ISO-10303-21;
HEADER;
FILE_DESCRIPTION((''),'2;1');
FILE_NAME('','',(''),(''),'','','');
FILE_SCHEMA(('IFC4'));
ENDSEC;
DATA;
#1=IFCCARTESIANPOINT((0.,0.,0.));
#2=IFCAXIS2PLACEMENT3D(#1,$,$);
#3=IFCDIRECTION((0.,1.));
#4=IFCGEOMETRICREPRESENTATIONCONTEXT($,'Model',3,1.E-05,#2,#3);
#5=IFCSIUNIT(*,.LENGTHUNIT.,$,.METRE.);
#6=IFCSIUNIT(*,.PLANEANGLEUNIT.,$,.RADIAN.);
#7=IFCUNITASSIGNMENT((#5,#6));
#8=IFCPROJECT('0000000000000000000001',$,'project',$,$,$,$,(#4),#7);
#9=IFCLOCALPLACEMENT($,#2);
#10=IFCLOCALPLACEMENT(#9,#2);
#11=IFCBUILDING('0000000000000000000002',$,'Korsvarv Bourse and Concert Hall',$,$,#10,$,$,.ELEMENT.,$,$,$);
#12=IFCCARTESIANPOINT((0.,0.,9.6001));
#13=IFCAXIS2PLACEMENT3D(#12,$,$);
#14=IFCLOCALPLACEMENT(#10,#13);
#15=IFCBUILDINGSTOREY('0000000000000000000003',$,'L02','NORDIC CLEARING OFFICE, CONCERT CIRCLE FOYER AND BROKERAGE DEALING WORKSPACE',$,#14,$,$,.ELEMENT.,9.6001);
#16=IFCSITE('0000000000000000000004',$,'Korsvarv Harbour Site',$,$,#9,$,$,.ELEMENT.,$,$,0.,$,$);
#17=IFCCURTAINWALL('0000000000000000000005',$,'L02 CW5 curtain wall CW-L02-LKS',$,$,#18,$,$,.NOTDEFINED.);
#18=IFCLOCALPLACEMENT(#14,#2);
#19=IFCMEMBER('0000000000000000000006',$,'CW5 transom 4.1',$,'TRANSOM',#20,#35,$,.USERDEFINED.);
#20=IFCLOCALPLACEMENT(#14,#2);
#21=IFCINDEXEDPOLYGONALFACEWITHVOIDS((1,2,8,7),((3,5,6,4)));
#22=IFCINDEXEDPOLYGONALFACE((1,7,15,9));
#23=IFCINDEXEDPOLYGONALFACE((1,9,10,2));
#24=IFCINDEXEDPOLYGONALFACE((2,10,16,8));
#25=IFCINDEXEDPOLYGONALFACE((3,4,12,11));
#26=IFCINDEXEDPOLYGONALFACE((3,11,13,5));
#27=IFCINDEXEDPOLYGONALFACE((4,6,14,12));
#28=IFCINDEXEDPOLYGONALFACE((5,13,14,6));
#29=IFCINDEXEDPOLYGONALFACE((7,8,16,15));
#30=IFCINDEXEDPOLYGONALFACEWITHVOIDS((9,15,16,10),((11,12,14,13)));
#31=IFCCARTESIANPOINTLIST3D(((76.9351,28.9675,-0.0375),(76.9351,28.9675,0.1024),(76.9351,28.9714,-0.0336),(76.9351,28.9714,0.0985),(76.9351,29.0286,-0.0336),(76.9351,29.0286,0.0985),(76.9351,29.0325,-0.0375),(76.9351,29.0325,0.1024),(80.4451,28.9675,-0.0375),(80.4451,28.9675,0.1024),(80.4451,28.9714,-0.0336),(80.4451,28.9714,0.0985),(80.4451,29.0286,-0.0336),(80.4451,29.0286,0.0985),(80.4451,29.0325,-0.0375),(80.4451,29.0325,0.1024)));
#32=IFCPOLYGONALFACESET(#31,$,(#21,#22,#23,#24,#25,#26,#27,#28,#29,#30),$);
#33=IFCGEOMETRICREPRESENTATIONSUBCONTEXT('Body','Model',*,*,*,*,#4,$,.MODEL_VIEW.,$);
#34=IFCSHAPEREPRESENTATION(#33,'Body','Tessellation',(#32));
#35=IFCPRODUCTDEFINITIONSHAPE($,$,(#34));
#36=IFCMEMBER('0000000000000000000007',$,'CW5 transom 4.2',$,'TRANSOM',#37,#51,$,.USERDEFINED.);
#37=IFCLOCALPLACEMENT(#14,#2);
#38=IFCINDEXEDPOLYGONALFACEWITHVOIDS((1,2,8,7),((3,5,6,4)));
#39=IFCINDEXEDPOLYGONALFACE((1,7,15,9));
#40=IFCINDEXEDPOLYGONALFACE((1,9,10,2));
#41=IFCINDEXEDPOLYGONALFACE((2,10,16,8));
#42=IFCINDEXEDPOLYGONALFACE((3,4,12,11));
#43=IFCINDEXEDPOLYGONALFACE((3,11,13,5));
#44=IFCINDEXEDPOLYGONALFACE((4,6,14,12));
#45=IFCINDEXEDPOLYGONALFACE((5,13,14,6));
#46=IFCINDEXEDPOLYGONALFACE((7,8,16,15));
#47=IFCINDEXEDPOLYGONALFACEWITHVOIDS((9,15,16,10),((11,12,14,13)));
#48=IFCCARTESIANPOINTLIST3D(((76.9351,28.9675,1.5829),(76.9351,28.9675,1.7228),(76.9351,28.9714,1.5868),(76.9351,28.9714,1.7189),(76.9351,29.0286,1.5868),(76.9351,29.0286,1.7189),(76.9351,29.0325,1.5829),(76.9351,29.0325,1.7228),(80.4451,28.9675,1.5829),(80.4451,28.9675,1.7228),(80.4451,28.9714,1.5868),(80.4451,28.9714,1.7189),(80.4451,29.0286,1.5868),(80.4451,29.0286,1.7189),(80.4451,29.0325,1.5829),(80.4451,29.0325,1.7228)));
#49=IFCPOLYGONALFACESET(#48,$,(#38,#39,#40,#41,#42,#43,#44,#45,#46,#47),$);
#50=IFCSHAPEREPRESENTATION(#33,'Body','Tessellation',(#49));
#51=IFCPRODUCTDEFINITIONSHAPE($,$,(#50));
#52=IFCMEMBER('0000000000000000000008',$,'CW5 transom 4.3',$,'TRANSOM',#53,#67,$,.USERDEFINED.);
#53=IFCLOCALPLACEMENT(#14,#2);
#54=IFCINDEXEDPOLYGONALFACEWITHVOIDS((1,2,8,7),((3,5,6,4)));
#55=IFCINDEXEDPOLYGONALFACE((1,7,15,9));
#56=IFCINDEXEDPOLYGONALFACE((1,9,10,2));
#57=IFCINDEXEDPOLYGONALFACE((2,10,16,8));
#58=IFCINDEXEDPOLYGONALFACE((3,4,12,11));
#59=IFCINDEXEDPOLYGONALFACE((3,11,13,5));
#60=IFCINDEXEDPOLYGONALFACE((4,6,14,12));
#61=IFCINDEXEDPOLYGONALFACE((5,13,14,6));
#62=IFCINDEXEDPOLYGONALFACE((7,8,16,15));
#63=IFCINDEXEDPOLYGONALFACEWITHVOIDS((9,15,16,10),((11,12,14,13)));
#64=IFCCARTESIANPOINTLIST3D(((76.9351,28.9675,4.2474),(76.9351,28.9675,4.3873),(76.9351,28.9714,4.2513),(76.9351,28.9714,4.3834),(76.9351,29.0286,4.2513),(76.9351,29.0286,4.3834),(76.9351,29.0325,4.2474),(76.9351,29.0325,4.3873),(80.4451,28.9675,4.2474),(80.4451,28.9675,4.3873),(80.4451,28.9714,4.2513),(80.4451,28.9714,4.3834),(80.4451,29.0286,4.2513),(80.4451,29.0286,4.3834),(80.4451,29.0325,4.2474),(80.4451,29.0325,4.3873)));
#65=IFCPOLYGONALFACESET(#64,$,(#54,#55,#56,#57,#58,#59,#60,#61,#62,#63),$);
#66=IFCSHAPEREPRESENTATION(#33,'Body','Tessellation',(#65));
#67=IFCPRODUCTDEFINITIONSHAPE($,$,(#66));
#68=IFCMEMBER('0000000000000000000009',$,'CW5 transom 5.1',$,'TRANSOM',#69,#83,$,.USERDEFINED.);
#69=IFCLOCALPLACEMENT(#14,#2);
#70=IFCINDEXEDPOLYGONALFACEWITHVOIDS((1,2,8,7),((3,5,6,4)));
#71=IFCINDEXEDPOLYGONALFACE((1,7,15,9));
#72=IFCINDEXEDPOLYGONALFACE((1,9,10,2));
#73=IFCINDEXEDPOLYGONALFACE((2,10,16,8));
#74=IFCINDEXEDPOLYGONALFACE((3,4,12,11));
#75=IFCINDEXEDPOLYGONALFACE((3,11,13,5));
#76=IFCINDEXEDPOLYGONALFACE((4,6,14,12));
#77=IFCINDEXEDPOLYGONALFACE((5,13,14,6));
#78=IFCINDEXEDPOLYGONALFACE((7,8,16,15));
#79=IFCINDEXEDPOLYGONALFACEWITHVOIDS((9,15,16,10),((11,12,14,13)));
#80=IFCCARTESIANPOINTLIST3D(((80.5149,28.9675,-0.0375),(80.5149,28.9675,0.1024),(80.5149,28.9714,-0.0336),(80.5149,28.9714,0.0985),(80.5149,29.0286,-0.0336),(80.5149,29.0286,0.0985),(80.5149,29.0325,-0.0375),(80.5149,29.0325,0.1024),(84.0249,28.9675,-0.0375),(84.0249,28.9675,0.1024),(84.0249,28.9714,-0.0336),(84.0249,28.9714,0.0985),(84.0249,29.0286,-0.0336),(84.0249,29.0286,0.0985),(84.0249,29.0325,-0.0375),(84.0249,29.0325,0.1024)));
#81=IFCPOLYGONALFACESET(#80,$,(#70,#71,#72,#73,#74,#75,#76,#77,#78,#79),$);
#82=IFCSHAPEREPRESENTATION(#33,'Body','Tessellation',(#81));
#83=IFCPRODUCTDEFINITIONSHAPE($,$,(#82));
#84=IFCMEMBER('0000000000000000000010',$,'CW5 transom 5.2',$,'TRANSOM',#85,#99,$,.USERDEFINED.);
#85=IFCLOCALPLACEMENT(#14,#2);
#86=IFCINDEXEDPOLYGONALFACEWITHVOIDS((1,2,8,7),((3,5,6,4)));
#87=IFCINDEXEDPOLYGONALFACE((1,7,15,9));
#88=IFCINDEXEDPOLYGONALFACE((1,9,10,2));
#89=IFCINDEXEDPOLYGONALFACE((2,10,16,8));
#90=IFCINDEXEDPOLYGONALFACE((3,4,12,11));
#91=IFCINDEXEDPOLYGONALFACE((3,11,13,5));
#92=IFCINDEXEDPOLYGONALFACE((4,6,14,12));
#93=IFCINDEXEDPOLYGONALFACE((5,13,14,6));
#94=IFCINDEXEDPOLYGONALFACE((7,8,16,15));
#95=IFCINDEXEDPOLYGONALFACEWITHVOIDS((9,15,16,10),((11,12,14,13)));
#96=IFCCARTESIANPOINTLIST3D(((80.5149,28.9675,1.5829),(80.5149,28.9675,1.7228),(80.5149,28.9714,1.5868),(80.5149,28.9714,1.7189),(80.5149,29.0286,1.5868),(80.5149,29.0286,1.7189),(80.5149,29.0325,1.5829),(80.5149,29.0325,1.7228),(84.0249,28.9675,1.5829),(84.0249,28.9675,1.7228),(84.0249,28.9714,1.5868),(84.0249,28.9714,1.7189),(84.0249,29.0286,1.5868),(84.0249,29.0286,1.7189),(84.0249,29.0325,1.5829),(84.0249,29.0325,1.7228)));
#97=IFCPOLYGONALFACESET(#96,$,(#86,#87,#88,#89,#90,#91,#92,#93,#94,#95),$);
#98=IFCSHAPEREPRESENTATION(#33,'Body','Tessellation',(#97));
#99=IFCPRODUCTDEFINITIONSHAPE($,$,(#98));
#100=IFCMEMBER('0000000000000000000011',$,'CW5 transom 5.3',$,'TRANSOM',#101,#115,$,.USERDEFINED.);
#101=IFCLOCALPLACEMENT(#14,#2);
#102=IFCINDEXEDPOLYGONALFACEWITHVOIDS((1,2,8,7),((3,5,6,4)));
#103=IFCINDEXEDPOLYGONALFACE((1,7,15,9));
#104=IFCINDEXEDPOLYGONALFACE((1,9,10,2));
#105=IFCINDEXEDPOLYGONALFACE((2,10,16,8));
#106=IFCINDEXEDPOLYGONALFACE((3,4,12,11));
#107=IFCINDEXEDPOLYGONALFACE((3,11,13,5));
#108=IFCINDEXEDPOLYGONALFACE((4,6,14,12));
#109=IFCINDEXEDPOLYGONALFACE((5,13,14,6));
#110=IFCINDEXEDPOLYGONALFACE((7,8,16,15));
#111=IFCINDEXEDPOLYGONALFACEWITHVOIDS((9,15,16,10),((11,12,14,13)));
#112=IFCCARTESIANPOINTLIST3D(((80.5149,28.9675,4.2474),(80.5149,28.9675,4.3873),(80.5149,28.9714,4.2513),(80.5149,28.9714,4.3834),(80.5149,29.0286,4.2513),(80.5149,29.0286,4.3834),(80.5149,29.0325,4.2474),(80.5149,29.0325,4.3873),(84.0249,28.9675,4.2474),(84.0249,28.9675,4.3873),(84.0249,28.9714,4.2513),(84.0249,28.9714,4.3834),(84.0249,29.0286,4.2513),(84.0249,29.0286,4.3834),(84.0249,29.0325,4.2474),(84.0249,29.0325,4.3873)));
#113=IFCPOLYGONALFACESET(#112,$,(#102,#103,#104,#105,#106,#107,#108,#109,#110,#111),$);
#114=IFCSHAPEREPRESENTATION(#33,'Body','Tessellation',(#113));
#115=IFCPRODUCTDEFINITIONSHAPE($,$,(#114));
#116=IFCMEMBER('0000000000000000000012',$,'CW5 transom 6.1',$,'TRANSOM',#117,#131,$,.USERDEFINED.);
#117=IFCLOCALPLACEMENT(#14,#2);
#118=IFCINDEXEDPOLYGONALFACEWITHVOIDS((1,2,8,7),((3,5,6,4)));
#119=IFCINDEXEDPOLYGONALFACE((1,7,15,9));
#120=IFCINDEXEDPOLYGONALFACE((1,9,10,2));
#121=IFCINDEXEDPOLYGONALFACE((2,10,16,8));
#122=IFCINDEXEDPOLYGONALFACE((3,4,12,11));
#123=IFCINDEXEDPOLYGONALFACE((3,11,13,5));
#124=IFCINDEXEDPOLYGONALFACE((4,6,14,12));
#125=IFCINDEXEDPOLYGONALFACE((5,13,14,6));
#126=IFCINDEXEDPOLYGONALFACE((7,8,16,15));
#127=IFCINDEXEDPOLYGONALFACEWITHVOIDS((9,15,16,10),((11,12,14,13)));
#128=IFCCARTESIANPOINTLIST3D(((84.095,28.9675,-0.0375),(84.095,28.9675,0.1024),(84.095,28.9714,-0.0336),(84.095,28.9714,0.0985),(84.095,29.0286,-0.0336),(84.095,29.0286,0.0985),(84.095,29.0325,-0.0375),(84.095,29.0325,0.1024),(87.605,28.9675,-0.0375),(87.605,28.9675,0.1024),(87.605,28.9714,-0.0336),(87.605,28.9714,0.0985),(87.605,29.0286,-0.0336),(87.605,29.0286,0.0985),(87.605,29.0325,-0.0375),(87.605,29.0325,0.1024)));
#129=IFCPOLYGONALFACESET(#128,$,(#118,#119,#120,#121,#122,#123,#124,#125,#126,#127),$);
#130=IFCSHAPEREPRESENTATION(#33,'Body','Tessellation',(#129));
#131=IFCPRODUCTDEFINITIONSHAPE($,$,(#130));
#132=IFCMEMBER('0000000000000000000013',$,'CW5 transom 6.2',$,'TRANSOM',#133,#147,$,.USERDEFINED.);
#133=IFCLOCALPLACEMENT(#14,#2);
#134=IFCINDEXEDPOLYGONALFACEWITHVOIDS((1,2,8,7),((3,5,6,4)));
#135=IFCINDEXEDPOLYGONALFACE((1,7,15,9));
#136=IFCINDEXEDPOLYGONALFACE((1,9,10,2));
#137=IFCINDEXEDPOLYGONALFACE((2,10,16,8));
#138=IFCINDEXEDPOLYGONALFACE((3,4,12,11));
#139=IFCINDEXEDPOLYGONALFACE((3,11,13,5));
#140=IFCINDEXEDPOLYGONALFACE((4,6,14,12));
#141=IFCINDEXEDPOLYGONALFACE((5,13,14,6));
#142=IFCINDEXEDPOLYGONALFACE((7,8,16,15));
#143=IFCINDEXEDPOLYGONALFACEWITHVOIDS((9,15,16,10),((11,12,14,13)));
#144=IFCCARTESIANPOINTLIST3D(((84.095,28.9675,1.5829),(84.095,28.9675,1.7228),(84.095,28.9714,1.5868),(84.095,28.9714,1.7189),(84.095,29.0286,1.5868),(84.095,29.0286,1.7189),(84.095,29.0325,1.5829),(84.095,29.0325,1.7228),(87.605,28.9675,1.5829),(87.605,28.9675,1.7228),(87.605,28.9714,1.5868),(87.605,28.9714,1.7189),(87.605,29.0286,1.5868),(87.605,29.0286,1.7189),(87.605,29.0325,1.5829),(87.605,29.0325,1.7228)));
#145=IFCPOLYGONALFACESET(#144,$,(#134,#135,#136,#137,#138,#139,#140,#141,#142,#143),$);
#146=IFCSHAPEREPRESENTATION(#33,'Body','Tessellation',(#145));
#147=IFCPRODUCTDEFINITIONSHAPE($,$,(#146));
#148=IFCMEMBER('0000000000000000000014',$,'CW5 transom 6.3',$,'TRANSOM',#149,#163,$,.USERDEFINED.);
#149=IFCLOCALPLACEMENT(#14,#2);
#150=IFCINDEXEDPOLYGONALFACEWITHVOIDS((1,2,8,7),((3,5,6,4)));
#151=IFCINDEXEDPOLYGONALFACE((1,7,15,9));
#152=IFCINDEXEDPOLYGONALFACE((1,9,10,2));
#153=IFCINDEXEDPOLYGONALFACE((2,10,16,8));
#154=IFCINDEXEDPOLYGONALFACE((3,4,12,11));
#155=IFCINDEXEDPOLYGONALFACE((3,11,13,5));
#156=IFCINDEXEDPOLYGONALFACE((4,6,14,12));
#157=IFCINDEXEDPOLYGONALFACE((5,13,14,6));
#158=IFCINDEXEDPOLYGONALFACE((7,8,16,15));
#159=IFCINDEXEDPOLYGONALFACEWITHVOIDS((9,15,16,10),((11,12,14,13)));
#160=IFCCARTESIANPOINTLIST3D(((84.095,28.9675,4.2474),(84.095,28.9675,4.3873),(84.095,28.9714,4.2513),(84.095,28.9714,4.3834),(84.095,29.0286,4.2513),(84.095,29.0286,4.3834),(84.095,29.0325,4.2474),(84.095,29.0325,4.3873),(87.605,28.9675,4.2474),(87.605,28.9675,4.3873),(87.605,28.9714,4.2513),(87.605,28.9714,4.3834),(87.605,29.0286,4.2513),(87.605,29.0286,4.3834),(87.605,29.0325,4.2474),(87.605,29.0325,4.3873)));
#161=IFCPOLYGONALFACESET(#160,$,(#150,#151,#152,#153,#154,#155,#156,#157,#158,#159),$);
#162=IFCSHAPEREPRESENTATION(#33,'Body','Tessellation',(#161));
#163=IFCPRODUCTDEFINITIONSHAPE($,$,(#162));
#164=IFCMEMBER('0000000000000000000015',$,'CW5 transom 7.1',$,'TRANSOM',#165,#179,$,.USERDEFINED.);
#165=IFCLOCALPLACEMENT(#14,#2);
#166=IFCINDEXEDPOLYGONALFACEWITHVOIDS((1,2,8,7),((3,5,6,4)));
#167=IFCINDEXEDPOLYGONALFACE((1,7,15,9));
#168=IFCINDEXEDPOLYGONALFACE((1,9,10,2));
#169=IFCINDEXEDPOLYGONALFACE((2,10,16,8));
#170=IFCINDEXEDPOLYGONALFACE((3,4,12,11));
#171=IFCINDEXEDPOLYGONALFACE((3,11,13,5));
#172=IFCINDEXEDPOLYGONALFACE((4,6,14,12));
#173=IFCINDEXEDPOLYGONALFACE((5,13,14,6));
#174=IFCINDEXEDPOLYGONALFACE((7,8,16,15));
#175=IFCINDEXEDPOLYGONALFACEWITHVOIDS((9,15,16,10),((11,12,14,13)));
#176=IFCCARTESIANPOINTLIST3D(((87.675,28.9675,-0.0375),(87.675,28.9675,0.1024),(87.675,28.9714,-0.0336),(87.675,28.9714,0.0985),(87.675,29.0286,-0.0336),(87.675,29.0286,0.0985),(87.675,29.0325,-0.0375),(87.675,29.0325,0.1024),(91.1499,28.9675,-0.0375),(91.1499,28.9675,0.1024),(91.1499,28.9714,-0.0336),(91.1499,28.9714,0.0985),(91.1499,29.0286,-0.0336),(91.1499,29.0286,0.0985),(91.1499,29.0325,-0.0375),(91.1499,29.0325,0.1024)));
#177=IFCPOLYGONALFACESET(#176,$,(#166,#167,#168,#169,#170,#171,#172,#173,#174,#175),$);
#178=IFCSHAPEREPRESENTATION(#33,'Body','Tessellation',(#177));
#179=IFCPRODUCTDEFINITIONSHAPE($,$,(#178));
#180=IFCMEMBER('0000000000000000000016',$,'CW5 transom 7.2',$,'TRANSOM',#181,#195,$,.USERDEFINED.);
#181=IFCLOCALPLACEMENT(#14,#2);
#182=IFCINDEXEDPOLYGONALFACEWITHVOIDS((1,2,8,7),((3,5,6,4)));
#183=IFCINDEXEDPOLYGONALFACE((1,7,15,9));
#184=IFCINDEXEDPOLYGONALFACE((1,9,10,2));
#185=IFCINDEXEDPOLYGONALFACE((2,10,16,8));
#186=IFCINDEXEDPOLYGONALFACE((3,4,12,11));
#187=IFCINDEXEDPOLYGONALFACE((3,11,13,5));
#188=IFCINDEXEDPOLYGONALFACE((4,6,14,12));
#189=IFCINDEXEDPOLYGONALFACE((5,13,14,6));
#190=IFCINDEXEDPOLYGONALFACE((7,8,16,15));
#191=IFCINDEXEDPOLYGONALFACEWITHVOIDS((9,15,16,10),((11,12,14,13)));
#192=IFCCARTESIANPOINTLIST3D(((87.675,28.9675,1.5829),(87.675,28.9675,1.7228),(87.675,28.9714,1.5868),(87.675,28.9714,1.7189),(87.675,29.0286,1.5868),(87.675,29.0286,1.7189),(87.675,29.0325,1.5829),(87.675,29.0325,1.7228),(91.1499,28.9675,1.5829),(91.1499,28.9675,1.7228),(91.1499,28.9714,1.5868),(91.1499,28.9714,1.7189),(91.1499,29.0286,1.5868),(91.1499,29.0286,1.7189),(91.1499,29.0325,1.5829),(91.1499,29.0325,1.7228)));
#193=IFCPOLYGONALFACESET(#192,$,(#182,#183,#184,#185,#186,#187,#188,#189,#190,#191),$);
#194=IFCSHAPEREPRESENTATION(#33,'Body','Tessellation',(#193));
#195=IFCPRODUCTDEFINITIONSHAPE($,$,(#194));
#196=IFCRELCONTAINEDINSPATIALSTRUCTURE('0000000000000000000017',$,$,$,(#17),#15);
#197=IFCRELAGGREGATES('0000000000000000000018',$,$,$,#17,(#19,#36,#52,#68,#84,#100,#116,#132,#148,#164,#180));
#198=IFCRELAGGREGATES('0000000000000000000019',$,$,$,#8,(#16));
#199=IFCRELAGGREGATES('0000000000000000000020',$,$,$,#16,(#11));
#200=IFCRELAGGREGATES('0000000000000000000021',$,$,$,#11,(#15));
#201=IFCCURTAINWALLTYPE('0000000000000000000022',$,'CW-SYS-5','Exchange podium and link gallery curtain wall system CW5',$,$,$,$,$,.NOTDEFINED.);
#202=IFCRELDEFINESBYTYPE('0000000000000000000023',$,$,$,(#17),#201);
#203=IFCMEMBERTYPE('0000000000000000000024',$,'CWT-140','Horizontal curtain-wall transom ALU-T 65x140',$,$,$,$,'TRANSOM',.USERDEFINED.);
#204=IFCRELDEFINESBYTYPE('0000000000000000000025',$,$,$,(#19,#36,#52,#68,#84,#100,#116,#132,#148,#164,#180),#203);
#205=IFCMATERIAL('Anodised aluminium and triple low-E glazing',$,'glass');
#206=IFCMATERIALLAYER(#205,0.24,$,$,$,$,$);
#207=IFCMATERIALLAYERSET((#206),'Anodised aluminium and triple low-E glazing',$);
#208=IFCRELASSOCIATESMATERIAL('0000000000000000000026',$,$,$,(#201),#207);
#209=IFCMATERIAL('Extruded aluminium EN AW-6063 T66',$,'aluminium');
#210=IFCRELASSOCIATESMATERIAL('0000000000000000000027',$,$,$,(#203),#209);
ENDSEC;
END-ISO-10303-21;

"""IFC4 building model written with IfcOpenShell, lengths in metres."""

from ifc_helpers import new_model, si_unit, direction, frame, origin, origin_2d, place, context, subcontext, project, spatial, hollow_rectangle, extrude, source, transform, mapped, material, layer, layer_set, material_profile, profile_set, type_object, element, aggregate, save


model = new_model("IFC4")

# Units and contexts
model_context = context("Model", 3, precision=1e-05, world=origin(), true_north=direction((0.0, 1.0)))
body_context = subcontext(model_context, "Body", "Model", "MODEL_VIEW")
ifc_project = project(units=[si_unit("LENGTHUNIT", "METRE"), si_unit("PLANEANGLEUNIT", "RADIAN")], contexts=[model_context])

# Site, building, storey
site_placement = place(None, origin())
site = spatial("IfcSite", under=ifc_project, at=site_placement, Name="Korsvarv Harbour Site", CompositionType="ELEMENT", RefElevation=0.0)
building_placement = place(site_placement, origin())
building = spatial("IfcBuilding", under=site, at=building_placement, Name="Korsvarv Bourse and Concert Hall", CompositionType="ELEMENT")
storey_placement = place(building_placement, frame((0.0, 0.0, 9.6001)))
storey = spatial("IfcBuildingStorey", under=building, at=storey_placement, Name="L02", Description="NORDIC CLEARING OFFICE, CONCERT CIRCLE FOYER AND BROKERAGE DEALING WORKSPACE", CompositionType="ELEMENT", Elevation=9.6001)

# Curtain wall, members
ifc_material_1 = material(Name="Anodised aluminium and triple low-E glazing", Category="glass")
ifc_layer_1 = layer(ifc_material_1, 0.24)
ifc_layer_set_1 = layer_set([ifc_layer_1], Name="Anodised aluminium and triple low-E glazing")
curtain_wall_type = type_object("IfcCurtainWallType", Name="CW-SYS-5", Description="Exchange podium and link gallery curtain wall system CW5", PredefinedType="NOTDEFINED", material=ifc_layer_set_1)
curtain_wall_placement = place(storey_placement, origin())
curtain_wall = element("IfcCurtainWall", 1, at=curtain_wall_placement, inside=storey, type_object=curtain_wall_type, Name="L02 CW5 curtain wall CW-L02-LKS", PredefinedType="NOTDEFINED")
ifc_material_2 = material(Name="Extruded aluminium EN AW-6063 T66", Category="aluminium")
ifc_material_profile_1 = material_profile(ifc_material_2, hollow_rectangle(XDim=0.0649, YDim=0.1399, WallThickness=0.0039, at=origin_2d()), Name="ALU-T 65x140")
ifc_profile_set_1 = profile_set([ifc_material_profile_1], Name="Extruded aluminium EN AW-6063 T66")
member_type_1 = type_object("IfcMemberType", Name="CWT-140", Description="Horizontal curtain-wall transom ALU-T 65x140", ElementType="TRANSOM", PredefinedType="USERDEFINED", material=ifc_profile_set_1)
shared_shape_1 = source(origin(), body_context, "Body", "SweptSolid", [
    extrude(hollow_rectangle(XDim=0.0649, YDim=0.1399, WallThickness=0.0039, at=origin_2d()), origin(), (0.0, 0.0, 1.0), 3.51),
])
member_1_placement = place(storey_placement, frame((76.9351, 29.0, 0.0325), z_axis=(1.0, 0.0, 0.0), x_axis=(0.0, 1.0, 0.0)))
member_1 = element("IfcMember", 2, at=member_1_placement, type_object=member_type_1, Name="CW5 transom 4.1", ObjectType="TRANSOM", PredefinedType="USERDEFINED", context=body_context, shape_type="MappedRepresentation", body=[
    mapped(shared_shape_1, transform((0.0, 0.0, 0.0), scale=1.0)),
])
member_2_placement = place(storey_placement, frame((76.9351, 29.0, 1.6528), z_axis=(1.0, 0.0, 0.0), x_axis=(0.0, 1.0, 0.0)))
member_2 = element("IfcMember", 3, at=member_2_placement, type_object=member_type_1, Name="CW5 transom 4.2", ObjectType="TRANSOM", PredefinedType="USERDEFINED", context=body_context, shape_type="MappedRepresentation", body=[
    mapped(shared_shape_1, transform((0.0, 0.0, 0.0), scale=1.0)),
])
member_3_placement = place(storey_placement, frame((76.9351, 29.0, 4.3174), z_axis=(1.0, 0.0, 0.0), x_axis=(0.0, 1.0, 0.0)))
member_3 = element("IfcMember", 4, at=member_3_placement, type_object=member_type_1, Name="CW5 transom 4.3", ObjectType="TRANSOM", PredefinedType="USERDEFINED", context=body_context, shape_type="MappedRepresentation", body=[
    mapped(shared_shape_1, transform((0.0, 0.0, 0.0), scale=1.0)),
])
member_4_placement = place(storey_placement, frame((80.5149, 29.0, 0.0325), z_axis=(1.0, 0.0, 0.0), x_axis=(0.0, 1.0, 0.0)))
member_4 = element("IfcMember", 5, at=member_4_placement, type_object=member_type_1, Name="CW5 transom 5.1", ObjectType="TRANSOM", PredefinedType="USERDEFINED", context=body_context, shape_type="MappedRepresentation", body=[
    mapped(shared_shape_1, transform((0.0, 0.0, 0.0), scale=1.0)),
])
member_5_placement = place(storey_placement, frame((80.5149, 29.0, 1.6528), z_axis=(1.0, 0.0, 0.0), x_axis=(0.0, 1.0, 0.0)))
member_5 = element("IfcMember", 6, at=member_5_placement, type_object=member_type_1, Name="CW5 transom 5.2", ObjectType="TRANSOM", PredefinedType="USERDEFINED", context=body_context, shape_type="MappedRepresentation", body=[
    mapped(shared_shape_1, transform((0.0, 0.0, 0.0), scale=1.0)),
])
member_6_placement = place(storey_placement, frame((80.5149, 29.0, 4.3174), z_axis=(1.0, 0.0, 0.0), x_axis=(0.0, 1.0, 0.0)))
member_6 = element("IfcMember", 7, at=member_6_placement, type_object=member_type_1, Name="CW5 transom 5.3", ObjectType="TRANSOM", PredefinedType="USERDEFINED", context=body_context, shape_type="MappedRepresentation", body=[
    mapped(shared_shape_1, transform((0.0, 0.0, 0.0), scale=1.0)),
])
member_7_placement = place(storey_placement, frame((84.095, 29.0, 0.0325), z_axis=(1.0, 0.0, 0.0), x_axis=(0.0, 1.0, 0.0)))
member_7 = element("IfcMember", 8, at=member_7_placement, type_object=member_type_1, Name="CW5 transom 6.1", ObjectType="TRANSOM", PredefinedType="USERDEFINED", context=body_context, shape_type="MappedRepresentation", body=[
    mapped(shared_shape_1, transform((0.0, 0.0, 0.0), scale=1.0)),
])
member_8_placement = place(storey_placement, frame((84.095, 29.0, 1.6528), z_axis=(1.0, 0.0, 0.0), x_axis=(0.0, 1.0, 0.0)))
member_8 = element("IfcMember", 9, at=member_8_placement, type_object=member_type_1, Name="CW5 transom 6.2", ObjectType="TRANSOM", PredefinedType="USERDEFINED", context=body_context, shape_type="MappedRepresentation", body=[
    mapped(shared_shape_1, transform((0.0, 0.0, 0.0), scale=1.0)),
])
member_9_placement = place(storey_placement, frame((84.095, 29.0, 4.3174), z_axis=(1.0, 0.0, 0.0), x_axis=(0.0, 1.0, 0.0)))
member_9 = element("IfcMember", 10, at=member_9_placement, type_object=member_type_1, Name="CW5 transom 6.3", ObjectType="TRANSOM", PredefinedType="USERDEFINED", context=body_context, shape_type="MappedRepresentation", body=[
    mapped(shared_shape_1, transform((0.0, 0.0, 0.0), scale=1.0)),
])
shared_shape_2 = source(origin(), body_context, "Body", "SweptSolid", [
    extrude(hollow_rectangle(XDim=0.0649, YDim=0.1399, WallThickness=0.0039, at=origin_2d()), origin(), (0.0, 0.0, 1.0), 3.4749),
])
member_10_placement = place(storey_placement, frame((87.675, 29.0, 0.0325), z_axis=(1.0, 0.0, 0.0), x_axis=(0.0, 1.0, 0.0)))
member_10 = element("IfcMember", 11, at=member_10_placement, type_object=member_type_1, Name="CW5 transom 7.1", ObjectType="TRANSOM", PredefinedType="USERDEFINED", context=body_context, shape_type="MappedRepresentation", body=[
    mapped(shared_shape_2, transform((0.0, 0.0, 0.0), scale=1.0)),
])
member_11_placement = place(storey_placement, frame((87.675, 29.0, 1.6528), z_axis=(1.0, 0.0, 0.0), x_axis=(0.0, 1.0, 0.0)))
member_11 = element("IfcMember", 12, at=member_11_placement, type_object=member_type_1, Name="CW5 transom 7.2", ObjectType="TRANSOM", PredefinedType="USERDEFINED", context=body_context, shape_type="MappedRepresentation", body=[
    mapped(shared_shape_2, transform((0.0, 0.0, 0.0), scale=1.0)),
])
aggregate(curtain_wall, [member_1, member_2, member_3, member_4, member_5, member_6, member_7, member_8, member_9, member_10, member_11])

save(model, "model.ifc")
